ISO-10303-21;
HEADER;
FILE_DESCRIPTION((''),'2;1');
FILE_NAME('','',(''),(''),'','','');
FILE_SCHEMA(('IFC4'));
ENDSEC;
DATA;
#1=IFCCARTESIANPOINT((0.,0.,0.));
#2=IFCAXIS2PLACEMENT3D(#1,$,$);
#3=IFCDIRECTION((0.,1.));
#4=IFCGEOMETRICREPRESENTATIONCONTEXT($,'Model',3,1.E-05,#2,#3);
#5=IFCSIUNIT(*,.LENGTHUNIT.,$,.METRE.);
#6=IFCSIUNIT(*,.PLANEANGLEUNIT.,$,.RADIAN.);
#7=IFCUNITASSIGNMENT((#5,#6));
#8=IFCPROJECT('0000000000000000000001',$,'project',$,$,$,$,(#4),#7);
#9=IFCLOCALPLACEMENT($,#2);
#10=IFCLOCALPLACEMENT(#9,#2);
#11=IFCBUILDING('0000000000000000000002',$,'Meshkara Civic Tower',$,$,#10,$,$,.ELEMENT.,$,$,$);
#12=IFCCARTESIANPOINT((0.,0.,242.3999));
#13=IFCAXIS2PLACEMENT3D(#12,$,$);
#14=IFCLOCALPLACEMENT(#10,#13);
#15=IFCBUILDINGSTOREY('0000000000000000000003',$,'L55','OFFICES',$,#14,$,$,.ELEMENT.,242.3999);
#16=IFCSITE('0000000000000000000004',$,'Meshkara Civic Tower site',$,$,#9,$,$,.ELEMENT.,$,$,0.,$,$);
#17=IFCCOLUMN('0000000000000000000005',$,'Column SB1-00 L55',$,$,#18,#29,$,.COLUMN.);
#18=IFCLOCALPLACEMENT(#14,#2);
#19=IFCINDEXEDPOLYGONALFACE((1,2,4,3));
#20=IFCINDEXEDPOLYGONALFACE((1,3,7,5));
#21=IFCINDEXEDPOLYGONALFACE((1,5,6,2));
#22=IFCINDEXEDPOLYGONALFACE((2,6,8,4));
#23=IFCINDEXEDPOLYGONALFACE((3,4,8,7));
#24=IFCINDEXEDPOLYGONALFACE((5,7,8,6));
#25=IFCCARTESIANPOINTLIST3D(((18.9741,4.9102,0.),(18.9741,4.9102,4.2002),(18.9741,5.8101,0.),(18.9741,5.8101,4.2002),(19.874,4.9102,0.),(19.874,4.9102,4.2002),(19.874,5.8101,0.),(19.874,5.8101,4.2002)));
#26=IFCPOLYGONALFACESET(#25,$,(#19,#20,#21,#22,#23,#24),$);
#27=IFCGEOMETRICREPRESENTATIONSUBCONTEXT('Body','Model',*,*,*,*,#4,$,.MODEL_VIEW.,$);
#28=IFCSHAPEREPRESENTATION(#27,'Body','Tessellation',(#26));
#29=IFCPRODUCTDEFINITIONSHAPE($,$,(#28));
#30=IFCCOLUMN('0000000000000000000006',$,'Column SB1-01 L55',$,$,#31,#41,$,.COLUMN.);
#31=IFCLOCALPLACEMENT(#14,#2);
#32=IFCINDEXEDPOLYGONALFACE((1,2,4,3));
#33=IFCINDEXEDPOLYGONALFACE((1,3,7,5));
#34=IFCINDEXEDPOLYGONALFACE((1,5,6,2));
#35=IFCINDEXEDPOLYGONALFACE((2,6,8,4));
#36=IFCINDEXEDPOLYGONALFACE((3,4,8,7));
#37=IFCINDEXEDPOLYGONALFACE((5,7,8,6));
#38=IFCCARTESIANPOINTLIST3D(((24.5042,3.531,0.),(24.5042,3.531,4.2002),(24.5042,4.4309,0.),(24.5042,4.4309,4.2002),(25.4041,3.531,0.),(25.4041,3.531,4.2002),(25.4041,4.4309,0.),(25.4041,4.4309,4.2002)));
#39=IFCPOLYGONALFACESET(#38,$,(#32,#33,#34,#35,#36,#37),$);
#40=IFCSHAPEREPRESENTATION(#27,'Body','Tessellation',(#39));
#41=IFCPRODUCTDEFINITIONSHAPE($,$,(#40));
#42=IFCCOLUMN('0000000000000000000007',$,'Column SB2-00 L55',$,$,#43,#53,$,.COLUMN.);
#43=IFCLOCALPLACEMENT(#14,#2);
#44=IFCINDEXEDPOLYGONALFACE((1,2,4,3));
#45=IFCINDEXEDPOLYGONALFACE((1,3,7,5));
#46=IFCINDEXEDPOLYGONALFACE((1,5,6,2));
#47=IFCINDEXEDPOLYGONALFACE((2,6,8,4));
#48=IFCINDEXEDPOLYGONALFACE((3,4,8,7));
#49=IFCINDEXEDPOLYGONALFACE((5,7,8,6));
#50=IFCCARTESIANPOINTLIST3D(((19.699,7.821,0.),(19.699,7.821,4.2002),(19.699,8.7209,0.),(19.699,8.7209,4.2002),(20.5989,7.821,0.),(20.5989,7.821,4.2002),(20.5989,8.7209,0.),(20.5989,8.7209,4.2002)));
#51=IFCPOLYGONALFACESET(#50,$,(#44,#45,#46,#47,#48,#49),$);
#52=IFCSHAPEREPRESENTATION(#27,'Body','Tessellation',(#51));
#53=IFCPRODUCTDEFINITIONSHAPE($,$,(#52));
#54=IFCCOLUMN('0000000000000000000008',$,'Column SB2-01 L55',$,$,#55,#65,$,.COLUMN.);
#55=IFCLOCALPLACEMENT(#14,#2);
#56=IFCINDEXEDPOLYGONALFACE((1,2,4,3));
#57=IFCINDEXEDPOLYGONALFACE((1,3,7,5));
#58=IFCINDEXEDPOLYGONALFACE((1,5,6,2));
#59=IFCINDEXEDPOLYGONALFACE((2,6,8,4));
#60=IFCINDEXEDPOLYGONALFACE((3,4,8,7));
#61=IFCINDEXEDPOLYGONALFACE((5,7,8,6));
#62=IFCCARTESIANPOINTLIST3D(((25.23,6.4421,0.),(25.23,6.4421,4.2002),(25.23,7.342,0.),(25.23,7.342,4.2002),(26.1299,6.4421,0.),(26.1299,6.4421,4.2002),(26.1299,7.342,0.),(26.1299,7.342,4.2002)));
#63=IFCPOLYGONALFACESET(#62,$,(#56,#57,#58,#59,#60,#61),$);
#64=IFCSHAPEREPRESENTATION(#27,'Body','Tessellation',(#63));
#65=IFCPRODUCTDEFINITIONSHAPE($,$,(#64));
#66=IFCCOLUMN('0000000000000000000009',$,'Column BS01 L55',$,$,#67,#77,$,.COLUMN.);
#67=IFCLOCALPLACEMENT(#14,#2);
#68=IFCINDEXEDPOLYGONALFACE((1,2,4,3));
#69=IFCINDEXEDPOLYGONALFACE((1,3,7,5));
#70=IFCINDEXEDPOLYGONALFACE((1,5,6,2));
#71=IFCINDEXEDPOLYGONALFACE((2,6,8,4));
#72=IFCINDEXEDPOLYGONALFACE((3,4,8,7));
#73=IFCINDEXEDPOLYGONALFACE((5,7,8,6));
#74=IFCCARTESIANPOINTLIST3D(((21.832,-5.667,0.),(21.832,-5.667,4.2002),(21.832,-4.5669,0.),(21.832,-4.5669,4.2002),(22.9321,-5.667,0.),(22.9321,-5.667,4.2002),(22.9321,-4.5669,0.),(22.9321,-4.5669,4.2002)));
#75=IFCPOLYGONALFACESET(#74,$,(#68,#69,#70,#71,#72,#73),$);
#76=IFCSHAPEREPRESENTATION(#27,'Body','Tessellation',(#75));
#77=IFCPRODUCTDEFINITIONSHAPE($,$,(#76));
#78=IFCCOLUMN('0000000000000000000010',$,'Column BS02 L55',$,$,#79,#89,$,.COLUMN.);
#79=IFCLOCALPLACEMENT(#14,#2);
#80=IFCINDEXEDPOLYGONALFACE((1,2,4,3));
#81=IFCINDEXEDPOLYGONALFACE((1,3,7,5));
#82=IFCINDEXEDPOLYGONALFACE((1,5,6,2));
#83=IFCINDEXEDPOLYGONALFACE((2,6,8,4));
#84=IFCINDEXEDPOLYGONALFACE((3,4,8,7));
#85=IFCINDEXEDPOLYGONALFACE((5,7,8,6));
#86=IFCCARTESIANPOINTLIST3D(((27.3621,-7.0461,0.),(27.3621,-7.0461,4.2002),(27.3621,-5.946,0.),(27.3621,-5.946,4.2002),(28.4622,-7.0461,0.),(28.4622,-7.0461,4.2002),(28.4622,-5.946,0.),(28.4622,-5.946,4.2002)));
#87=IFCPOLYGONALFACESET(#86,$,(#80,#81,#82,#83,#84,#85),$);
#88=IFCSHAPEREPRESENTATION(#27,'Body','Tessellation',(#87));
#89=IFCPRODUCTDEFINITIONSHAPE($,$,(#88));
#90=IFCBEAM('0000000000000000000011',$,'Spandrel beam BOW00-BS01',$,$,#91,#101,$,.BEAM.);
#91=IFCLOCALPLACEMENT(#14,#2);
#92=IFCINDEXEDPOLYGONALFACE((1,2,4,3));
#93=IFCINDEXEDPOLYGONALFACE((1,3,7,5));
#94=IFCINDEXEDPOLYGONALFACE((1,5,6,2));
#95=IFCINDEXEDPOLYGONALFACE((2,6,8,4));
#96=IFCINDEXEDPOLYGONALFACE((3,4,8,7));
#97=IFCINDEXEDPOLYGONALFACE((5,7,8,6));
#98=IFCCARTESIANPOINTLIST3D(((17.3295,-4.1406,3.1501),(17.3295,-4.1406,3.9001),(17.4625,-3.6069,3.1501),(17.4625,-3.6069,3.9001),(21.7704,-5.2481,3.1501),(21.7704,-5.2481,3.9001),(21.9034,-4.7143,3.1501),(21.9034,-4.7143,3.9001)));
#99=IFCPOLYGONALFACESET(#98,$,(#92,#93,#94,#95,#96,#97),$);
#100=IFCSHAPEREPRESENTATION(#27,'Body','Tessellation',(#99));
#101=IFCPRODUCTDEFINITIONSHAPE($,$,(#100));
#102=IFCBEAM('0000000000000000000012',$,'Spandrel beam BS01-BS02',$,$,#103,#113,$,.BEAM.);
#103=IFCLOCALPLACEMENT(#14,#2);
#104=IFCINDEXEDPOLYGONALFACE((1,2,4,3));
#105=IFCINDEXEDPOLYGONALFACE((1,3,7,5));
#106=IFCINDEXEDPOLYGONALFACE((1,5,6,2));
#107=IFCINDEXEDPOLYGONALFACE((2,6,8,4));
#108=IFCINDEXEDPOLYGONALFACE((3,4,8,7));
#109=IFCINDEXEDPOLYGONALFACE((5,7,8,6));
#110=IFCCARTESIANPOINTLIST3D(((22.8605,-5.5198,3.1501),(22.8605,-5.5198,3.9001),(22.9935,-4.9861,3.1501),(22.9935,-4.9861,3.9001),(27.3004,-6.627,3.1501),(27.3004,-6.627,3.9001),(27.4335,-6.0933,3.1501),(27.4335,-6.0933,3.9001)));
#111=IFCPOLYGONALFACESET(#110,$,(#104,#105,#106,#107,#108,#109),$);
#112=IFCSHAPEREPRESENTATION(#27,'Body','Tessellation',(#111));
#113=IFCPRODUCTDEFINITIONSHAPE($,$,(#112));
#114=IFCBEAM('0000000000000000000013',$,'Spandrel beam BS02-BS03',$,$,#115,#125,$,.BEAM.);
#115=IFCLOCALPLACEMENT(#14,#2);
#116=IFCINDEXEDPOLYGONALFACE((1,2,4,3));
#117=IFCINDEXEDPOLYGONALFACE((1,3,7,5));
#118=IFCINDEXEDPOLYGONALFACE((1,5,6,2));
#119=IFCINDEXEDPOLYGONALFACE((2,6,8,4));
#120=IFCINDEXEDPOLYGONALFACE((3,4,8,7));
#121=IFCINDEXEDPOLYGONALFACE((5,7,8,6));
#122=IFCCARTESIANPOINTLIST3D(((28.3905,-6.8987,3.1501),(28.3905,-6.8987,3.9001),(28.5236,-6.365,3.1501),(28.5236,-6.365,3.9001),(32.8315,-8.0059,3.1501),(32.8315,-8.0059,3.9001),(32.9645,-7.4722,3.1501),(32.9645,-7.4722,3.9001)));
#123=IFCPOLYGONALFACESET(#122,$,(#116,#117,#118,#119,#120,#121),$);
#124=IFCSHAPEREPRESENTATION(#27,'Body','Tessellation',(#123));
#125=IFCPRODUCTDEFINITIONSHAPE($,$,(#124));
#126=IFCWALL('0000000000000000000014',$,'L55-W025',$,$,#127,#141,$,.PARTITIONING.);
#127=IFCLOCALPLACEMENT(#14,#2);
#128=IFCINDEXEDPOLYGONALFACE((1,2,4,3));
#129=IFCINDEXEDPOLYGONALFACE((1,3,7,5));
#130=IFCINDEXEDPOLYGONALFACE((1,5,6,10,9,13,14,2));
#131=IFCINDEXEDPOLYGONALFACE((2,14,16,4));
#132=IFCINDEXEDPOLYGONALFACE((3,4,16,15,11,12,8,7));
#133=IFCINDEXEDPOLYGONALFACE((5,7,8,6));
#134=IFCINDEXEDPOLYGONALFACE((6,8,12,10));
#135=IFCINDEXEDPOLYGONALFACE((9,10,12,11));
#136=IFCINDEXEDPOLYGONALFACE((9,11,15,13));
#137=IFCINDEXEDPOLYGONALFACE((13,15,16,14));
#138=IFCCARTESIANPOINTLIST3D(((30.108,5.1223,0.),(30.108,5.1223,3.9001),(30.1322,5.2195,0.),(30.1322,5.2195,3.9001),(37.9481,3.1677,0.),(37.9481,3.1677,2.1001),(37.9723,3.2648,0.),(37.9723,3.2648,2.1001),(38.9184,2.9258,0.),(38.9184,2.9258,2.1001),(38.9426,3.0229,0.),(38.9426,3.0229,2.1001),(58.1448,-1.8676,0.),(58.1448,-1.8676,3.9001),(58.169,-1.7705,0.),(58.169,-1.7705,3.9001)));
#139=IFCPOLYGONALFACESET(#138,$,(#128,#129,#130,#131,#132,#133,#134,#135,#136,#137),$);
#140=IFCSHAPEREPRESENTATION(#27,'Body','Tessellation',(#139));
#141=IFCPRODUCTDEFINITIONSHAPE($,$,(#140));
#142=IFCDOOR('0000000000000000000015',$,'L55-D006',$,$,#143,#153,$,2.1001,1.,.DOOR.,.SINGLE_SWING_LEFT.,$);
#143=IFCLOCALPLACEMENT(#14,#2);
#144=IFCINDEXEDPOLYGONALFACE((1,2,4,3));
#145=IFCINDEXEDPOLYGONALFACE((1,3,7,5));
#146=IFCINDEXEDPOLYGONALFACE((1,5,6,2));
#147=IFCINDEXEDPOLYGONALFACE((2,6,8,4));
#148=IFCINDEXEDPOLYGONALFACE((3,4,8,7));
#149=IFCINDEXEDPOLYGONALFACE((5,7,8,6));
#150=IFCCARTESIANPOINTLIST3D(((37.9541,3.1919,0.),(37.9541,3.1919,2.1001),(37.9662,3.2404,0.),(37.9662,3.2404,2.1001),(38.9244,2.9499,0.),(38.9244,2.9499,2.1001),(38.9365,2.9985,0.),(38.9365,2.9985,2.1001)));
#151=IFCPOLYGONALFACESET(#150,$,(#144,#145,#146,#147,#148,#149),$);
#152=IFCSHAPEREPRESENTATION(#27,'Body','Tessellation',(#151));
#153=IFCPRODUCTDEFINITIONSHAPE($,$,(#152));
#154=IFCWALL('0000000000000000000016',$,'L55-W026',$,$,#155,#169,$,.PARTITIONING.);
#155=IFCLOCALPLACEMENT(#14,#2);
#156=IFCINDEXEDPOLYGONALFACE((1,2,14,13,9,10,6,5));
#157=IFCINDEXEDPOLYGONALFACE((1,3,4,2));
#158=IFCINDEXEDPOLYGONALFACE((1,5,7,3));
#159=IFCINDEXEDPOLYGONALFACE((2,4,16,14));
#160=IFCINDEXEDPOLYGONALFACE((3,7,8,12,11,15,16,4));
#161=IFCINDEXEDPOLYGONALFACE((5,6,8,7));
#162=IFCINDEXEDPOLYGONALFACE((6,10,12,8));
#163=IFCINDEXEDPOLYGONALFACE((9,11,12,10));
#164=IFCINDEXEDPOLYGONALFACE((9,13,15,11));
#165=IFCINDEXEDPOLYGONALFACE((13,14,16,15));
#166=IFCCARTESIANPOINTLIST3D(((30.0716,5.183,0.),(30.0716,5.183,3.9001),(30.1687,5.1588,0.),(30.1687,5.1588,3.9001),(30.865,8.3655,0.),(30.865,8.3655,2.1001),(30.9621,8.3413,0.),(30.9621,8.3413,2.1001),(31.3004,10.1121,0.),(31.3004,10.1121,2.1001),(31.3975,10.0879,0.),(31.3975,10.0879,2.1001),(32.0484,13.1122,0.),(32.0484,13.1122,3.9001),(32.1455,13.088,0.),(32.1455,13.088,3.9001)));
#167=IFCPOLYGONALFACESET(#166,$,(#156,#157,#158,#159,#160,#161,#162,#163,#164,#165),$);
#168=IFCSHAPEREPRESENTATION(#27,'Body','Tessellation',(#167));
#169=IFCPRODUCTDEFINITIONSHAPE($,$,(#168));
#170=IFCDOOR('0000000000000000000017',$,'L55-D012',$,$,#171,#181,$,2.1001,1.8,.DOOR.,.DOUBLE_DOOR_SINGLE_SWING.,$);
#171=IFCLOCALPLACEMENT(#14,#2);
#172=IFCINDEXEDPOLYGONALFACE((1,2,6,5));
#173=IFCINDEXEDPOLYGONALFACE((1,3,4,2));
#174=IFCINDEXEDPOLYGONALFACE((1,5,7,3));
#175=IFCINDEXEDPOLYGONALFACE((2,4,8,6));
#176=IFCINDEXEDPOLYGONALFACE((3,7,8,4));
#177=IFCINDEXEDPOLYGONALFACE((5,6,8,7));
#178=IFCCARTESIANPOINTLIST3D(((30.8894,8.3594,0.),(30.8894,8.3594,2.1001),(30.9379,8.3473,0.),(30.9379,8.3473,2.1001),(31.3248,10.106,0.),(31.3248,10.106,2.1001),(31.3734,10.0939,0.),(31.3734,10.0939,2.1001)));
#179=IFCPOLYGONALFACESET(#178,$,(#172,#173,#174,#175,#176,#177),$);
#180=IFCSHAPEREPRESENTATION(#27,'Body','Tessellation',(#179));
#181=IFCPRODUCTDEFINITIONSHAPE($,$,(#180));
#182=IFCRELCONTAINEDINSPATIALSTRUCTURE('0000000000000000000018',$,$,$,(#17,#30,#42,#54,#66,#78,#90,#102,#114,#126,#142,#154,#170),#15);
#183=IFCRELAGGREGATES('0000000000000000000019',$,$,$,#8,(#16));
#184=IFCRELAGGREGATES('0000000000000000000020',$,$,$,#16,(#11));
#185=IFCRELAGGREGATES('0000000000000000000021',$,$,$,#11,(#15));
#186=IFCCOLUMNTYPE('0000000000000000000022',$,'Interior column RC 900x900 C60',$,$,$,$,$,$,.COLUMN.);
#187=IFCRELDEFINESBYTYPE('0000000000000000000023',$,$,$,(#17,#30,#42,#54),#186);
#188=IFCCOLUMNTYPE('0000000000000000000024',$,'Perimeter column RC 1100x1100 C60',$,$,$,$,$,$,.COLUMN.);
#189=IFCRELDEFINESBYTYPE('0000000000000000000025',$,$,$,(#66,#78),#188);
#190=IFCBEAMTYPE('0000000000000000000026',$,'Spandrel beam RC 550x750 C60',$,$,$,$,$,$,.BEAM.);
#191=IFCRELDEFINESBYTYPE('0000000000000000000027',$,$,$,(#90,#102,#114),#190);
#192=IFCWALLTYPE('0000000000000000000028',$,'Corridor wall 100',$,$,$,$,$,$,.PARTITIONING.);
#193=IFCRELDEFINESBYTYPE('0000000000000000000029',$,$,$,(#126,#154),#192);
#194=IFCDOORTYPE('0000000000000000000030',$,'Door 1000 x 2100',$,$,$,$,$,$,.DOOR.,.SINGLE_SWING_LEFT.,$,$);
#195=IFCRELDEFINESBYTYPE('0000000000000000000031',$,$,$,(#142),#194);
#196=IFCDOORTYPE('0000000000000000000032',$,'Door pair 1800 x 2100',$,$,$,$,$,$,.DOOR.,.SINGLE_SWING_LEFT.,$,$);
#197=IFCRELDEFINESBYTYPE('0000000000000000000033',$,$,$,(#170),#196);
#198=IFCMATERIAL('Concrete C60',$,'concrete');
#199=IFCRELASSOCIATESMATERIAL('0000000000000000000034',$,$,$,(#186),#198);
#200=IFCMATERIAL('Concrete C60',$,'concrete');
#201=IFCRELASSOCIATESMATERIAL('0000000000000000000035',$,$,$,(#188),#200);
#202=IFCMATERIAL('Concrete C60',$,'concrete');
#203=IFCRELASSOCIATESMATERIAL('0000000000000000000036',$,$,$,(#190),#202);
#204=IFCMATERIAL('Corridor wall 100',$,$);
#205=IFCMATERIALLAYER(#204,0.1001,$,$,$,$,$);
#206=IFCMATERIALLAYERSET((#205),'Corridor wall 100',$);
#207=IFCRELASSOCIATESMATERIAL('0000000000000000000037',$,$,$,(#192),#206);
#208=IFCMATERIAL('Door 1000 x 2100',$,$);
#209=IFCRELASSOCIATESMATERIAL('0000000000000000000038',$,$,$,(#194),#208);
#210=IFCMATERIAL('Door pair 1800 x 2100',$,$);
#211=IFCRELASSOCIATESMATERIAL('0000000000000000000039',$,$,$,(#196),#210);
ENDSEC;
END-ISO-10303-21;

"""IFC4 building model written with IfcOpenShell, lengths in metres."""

from ifc_helpers import new_model, si_unit, direction, frame, frame_2d, origin, origin_2d, place, context, subcontext, project, spatial, rectangle, extrude, material, layer, layer_set, material_profile, profile_set, type_object, element, fill, save


model = new_model("IFC4")

# Units and contexts
model_context = context("Model", 3, precision=1e-05, world=origin(), true_north=direction((0.0, 1.0)))
body_context = subcontext(model_context, "Body", "Model", "MODEL_VIEW")
ifc_project = project(units=[si_unit("LENGTHUNIT", "METRE"), si_unit("PLANEANGLEUNIT", "RADIAN")], contexts=[model_context])

# Site, building, storey
site_placement = place(None, origin())
site = spatial("IfcSite", under=ifc_project, at=site_placement, Name="Meshkara Civic Tower site", CompositionType="ELEMENT", RefElevation=0.0)
building_placement = place(site_placement, origin())
building = spatial("IfcBuilding", under=site, at=building_placement, Name="Meshkara Civic Tower", CompositionType="ELEMENT")
storey_placement = place(building_placement, frame((0.0, 0.0, 242.3999)))
storey = spatial("IfcBuildingStorey", under=building, at=storey_placement, Name="L55", Description="OFFICES", CompositionType="ELEMENT", Elevation=242.3999)

# Columns
ifc_material_1 = material(Name="Concrete C60", Category="concrete")
ifc_material_profile_1 = material_profile(ifc_material_1, rectangle(XDim=0.8999, YDim=0.8999, at=origin_2d()))
ifc_profile_set_1 = profile_set([ifc_material_profile_1], Name="Concrete C60")
column_type_1 = type_object("IfcColumnType", Name="Interior column RC 900x900 C60", PredefinedType="COLUMN", material=ifc_profile_set_1)
for number, where, z_axis, x_axis, name in (
    (1, (19.4241, 5.3601, 0.0), (0.0, 0.0, 1.0), (1.0, 0.0, 0.0), "Column SB1-00 L55"),
    (2, (24.9541, 3.981, 0.0), (0.0, 0.0, 1.0), (1.0, 0.0, 0.0), "Column SB1-01 L55"),
    (3, (20.1489, 8.271, 0.0), (0.0, 0.0, 1.0), (1.0, 0.0, 0.0), "Column SB2-00 L55"),
    (4, (25.6799, 6.8921, 0.0), (0.0, 0.0, 1.0), (1.0, 0.0, 0.0), "Column SB2-01 L55"),
):
    element("IfcColumn", number, at=place(storey_placement, frame(where, z_axis=z_axis, x_axis=x_axis)), inside=storey, type_object=column_type_1, Name=name, PredefinedType="COLUMN", context=body_context, shape_type="SweptSolid", body=[
        extrude(rectangle(XDim=0.8999, YDim=0.8999, at=origin_2d()), origin(), (0.0, 0.0, 1.0), 4.2002),
    ])
ifc_material_2 = material(Name="Concrete C60", Category="concrete")
ifc_material_profile_2 = material_profile(ifc_material_2, rectangle(XDim=1.1001, YDim=1.1001, at=origin_2d()))
ifc_profile_set_2 = profile_set([ifc_material_profile_2], Name="Concrete C60")
column_type_2 = type_object("IfcColumnType", Name="Perimeter column RC 1100x1100 C60", PredefinedType="COLUMN", material=ifc_profile_set_2)
for number, where, z_axis, x_axis, name in (
    (5, (22.3821, -5.1169, 0.0), (0.0, 0.0, 1.0), (1.0, 0.0, 0.0), "Column BS01 L55"),
    (6, (27.9121, -6.4961, 0.0), (0.0, 0.0, 1.0), (1.0, 0.0, 0.0), "Column BS02 L55"),
):
    element("IfcColumn", number, at=place(storey_placement, frame(where, z_axis=z_axis, x_axis=x_axis)), inside=storey, type_object=column_type_2, Name=name, PredefinedType="COLUMN", context=body_context, shape_type="SweptSolid", body=[
        extrude(rectangle(XDim=1.1001, YDim=1.1001, at=origin_2d()), origin(), (0.0, 0.0, 1.0), 4.2002),
    ])

# Beams
ifc_material_3 = material(Name="Concrete C60", Category="concrete")
ifc_material_profile_3 = material_profile(ifc_material_3, rectangle(XDim=0.55, YDim=0.75, at=origin_2d()))
ifc_profile_set_3 = profile_set([ifc_material_profile_3], Name="Concrete C60")
beam_type = type_object("IfcBeamType", Name="Spandrel beam RC 550x750 C60", PredefinedType="BEAM", material=ifc_profile_set_3)
beam_1_placement = place(storey_placement, frame((17.396, -3.8738, 3.5251), z_axis=(0.970287, -0.241958, 0.0), x_axis=(0.241958, 0.970287, 0.0)))
element("IfcBeam", 7, at=beam_1_placement, inside=storey, type_object=beam_type, Name="Spandrel beam BOW00-BS01", PredefinedType="BEAM", context=body_context, shape_type="SweptSolid", body=[
    extrude(rectangle(XDim=0.55, YDim=0.75, at=origin_2d()), origin(), (0.0, 0.0, 1.0), 4.5769),
])
beam_2_placement = place(storey_placement, frame((22.927, -5.2529, 3.5251), z_axis=(0.970287, -0.241958, 0.0), x_axis=(0.241958, 0.970287, 0.0)))
element("IfcBeam", 8, at=beam_2_placement, inside=storey, type_object=beam_type, Name="Spandrel beam BS01-BS02", PredefinedType="BEAM", context=body_context, shape_type="SweptSolid", body=[
    extrude(rectangle(XDim=0.55, YDim=0.75, at=origin_2d()), origin(), (0.0, 0.0, 1.0), 4.5759),
])
beam_3_placement = place(storey_placement, frame((28.457, -6.6318, 3.5251), z_axis=(0.970299, -0.241908, 0.0), x_axis=(0.241908, 0.970299, 0.0)))
element("IfcBeam", 9, at=beam_3_placement, inside=storey, type_object=beam_type, Name="Spandrel beam BS02-BS03", PredefinedType="BEAM", context=body_context, shape_type="SweptSolid", body=[
    extrude(rectangle(XDim=0.55, YDim=0.75, at=origin_2d()), origin(), (0.0, 0.0, 1.0), 4.5769),
])

# Walls, openings, doors
ifc_material_4 = material(Name="Corridor wall 100")
ifc_layer_1 = layer(ifc_material_4, 0.1001)
ifc_layer_set_1 = layer_set([ifc_layer_1], Name="Corridor wall 100")
wall_type_1 = type_object("IfcWallType", Name="Corridor wall 100", PredefinedType="PARTITIONING", material=ifc_layer_set_1)
wall_1_placement = place(storey_placement, frame((30.1201, 5.1709, 0.0), z_axis=(0.0, 0.0, 1.0), x_axis=(0.970299, -0.241909, 0.0)))
wall_1 = element("IfcWall", 10, at=wall_1_placement, inside=storey, type_object=wall_type_1, Name="L55-W025", PredefinedType="PARTITIONING", context=body_context, shape_type="SweptSolid", body=[
    extrude(rectangle(XDim=28.895, YDim=0.1001, at=frame_2d((14.4475, 0.0))), origin(), (0.0, 0.0, 1.0), 3.9001),
])
opening_1_placement = place(wall_1_placement, frame((8.0801, 0.0, 0.0)))
opening_1 = element("IfcOpeningElement", 11, at=opening_1_placement, cuts=wall_1, PredefinedType="OPENING", context=body_context, shape_type="SweptSolid", body=[
    extrude(rectangle(XDim=1.0, YDim=2.1001, at=frame_2d((0.5, 1.05))), frame((0.0, 0.0601, 0.0), z_axis=(0.0, -1.0, 0.0), x_axis=(1.0, 0.0, 0.0)), (0.0, 0.0, 1.0), 0.1201),
])
ifc_material_5 = material(Name="Door 1000 x 2100")
door_type_1 = type_object("IfcDoorType", Name="Door 1000 x 2100", OperationType="SINGLE_SWING_LEFT", PredefinedType="DOOR", material=ifc_material_5)
door_1_placement = place(opening_1_placement, origin())
door_1 = element("IfcDoor", 12, at=door_1_placement, inside=storey, type_object=door_type_1, Name="L55-D006", OperationType="SINGLE_SWING_LEFT", OverallHeight=2.1001, OverallWidth=1.0, PredefinedType="DOOR", context=body_context, shape_type="SweptSolid", body=[
    extrude(rectangle(XDim=1.0, YDim=2.1001, at=frame_2d((0.5, 1.05))), frame((0.0, 0.0249, 0.0), z_axis=(0.0, -1.0, 0.0), x_axis=(1.0, 0.0, 0.0)), (0.0, 0.0, 1.0), 0.05),
])
fill(opening_1, door_1)
wall_2_placement = place(storey_placement, frame((30.1201, 5.1709, 0.0), z_axis=(0.0, 0.0, 1.0), x_axis=(0.241903, 0.9703, 0.0)))
wall_2 = element("IfcWall", 13, at=wall_2_placement, inside=storey, type_object=wall_type_1, Name="L55-W026", PredefinedType="PARTITIONING", context=body_context, shape_type="SweptSolid", body=[
    extrude(rectangle(XDim=8.1719, YDim=0.1001, at=frame_2d((4.0859, 0.0))), origin(), (0.0, 0.0, 1.0), 3.9001),
])
opening_2_placement = place(wall_2_placement, frame((3.28, 0.0, 0.0)))
opening_2 = element("IfcOpeningElement", 14, at=opening_2_placement, cuts=wall_2, PredefinedType="OPENING", context=body_context, shape_type="SweptSolid", body=[
    extrude(rectangle(XDim=1.8, YDim=2.1001, at=frame_2d((0.8999, 1.05))), frame((0.0, 0.0601, 0.0), z_axis=(0.0, -1.0, 0.0), x_axis=(1.0, 0.0, 0.0)), (0.0, 0.0, 1.0), 0.1201),
])
ifc_material_6 = material(Name="Door pair 1800 x 2100")
door_type_2 = type_object("IfcDoorType", Name="Door pair 1800 x 2100", OperationType="SINGLE_SWING_LEFT", PredefinedType="DOOR", material=ifc_material_6)
door_2_placement = place(opening_2_placement, origin())
door_2 = element("IfcDoor", 15, at=door_2_placement, inside=storey, type_object=door_type_2, Name="L55-D012", OperationType="DOUBLE_DOOR_SINGLE_SWING", OverallHeight=2.1001, OverallWidth=1.8, PredefinedType="DOOR", context=body_context, shape_type="SweptSolid", body=[
    extrude(rectangle(XDim=1.8, YDim=2.1001, at=frame_2d((0.8999, 1.05))), frame((0.0, 0.0249, 0.0), z_axis=(0.0, -1.0, 0.0), x_axis=(1.0, 0.0, 0.0)), (0.0, 0.0, 1.0), 0.05),
])
fill(opening_2, door_2)

save(model, "model.ifc")
